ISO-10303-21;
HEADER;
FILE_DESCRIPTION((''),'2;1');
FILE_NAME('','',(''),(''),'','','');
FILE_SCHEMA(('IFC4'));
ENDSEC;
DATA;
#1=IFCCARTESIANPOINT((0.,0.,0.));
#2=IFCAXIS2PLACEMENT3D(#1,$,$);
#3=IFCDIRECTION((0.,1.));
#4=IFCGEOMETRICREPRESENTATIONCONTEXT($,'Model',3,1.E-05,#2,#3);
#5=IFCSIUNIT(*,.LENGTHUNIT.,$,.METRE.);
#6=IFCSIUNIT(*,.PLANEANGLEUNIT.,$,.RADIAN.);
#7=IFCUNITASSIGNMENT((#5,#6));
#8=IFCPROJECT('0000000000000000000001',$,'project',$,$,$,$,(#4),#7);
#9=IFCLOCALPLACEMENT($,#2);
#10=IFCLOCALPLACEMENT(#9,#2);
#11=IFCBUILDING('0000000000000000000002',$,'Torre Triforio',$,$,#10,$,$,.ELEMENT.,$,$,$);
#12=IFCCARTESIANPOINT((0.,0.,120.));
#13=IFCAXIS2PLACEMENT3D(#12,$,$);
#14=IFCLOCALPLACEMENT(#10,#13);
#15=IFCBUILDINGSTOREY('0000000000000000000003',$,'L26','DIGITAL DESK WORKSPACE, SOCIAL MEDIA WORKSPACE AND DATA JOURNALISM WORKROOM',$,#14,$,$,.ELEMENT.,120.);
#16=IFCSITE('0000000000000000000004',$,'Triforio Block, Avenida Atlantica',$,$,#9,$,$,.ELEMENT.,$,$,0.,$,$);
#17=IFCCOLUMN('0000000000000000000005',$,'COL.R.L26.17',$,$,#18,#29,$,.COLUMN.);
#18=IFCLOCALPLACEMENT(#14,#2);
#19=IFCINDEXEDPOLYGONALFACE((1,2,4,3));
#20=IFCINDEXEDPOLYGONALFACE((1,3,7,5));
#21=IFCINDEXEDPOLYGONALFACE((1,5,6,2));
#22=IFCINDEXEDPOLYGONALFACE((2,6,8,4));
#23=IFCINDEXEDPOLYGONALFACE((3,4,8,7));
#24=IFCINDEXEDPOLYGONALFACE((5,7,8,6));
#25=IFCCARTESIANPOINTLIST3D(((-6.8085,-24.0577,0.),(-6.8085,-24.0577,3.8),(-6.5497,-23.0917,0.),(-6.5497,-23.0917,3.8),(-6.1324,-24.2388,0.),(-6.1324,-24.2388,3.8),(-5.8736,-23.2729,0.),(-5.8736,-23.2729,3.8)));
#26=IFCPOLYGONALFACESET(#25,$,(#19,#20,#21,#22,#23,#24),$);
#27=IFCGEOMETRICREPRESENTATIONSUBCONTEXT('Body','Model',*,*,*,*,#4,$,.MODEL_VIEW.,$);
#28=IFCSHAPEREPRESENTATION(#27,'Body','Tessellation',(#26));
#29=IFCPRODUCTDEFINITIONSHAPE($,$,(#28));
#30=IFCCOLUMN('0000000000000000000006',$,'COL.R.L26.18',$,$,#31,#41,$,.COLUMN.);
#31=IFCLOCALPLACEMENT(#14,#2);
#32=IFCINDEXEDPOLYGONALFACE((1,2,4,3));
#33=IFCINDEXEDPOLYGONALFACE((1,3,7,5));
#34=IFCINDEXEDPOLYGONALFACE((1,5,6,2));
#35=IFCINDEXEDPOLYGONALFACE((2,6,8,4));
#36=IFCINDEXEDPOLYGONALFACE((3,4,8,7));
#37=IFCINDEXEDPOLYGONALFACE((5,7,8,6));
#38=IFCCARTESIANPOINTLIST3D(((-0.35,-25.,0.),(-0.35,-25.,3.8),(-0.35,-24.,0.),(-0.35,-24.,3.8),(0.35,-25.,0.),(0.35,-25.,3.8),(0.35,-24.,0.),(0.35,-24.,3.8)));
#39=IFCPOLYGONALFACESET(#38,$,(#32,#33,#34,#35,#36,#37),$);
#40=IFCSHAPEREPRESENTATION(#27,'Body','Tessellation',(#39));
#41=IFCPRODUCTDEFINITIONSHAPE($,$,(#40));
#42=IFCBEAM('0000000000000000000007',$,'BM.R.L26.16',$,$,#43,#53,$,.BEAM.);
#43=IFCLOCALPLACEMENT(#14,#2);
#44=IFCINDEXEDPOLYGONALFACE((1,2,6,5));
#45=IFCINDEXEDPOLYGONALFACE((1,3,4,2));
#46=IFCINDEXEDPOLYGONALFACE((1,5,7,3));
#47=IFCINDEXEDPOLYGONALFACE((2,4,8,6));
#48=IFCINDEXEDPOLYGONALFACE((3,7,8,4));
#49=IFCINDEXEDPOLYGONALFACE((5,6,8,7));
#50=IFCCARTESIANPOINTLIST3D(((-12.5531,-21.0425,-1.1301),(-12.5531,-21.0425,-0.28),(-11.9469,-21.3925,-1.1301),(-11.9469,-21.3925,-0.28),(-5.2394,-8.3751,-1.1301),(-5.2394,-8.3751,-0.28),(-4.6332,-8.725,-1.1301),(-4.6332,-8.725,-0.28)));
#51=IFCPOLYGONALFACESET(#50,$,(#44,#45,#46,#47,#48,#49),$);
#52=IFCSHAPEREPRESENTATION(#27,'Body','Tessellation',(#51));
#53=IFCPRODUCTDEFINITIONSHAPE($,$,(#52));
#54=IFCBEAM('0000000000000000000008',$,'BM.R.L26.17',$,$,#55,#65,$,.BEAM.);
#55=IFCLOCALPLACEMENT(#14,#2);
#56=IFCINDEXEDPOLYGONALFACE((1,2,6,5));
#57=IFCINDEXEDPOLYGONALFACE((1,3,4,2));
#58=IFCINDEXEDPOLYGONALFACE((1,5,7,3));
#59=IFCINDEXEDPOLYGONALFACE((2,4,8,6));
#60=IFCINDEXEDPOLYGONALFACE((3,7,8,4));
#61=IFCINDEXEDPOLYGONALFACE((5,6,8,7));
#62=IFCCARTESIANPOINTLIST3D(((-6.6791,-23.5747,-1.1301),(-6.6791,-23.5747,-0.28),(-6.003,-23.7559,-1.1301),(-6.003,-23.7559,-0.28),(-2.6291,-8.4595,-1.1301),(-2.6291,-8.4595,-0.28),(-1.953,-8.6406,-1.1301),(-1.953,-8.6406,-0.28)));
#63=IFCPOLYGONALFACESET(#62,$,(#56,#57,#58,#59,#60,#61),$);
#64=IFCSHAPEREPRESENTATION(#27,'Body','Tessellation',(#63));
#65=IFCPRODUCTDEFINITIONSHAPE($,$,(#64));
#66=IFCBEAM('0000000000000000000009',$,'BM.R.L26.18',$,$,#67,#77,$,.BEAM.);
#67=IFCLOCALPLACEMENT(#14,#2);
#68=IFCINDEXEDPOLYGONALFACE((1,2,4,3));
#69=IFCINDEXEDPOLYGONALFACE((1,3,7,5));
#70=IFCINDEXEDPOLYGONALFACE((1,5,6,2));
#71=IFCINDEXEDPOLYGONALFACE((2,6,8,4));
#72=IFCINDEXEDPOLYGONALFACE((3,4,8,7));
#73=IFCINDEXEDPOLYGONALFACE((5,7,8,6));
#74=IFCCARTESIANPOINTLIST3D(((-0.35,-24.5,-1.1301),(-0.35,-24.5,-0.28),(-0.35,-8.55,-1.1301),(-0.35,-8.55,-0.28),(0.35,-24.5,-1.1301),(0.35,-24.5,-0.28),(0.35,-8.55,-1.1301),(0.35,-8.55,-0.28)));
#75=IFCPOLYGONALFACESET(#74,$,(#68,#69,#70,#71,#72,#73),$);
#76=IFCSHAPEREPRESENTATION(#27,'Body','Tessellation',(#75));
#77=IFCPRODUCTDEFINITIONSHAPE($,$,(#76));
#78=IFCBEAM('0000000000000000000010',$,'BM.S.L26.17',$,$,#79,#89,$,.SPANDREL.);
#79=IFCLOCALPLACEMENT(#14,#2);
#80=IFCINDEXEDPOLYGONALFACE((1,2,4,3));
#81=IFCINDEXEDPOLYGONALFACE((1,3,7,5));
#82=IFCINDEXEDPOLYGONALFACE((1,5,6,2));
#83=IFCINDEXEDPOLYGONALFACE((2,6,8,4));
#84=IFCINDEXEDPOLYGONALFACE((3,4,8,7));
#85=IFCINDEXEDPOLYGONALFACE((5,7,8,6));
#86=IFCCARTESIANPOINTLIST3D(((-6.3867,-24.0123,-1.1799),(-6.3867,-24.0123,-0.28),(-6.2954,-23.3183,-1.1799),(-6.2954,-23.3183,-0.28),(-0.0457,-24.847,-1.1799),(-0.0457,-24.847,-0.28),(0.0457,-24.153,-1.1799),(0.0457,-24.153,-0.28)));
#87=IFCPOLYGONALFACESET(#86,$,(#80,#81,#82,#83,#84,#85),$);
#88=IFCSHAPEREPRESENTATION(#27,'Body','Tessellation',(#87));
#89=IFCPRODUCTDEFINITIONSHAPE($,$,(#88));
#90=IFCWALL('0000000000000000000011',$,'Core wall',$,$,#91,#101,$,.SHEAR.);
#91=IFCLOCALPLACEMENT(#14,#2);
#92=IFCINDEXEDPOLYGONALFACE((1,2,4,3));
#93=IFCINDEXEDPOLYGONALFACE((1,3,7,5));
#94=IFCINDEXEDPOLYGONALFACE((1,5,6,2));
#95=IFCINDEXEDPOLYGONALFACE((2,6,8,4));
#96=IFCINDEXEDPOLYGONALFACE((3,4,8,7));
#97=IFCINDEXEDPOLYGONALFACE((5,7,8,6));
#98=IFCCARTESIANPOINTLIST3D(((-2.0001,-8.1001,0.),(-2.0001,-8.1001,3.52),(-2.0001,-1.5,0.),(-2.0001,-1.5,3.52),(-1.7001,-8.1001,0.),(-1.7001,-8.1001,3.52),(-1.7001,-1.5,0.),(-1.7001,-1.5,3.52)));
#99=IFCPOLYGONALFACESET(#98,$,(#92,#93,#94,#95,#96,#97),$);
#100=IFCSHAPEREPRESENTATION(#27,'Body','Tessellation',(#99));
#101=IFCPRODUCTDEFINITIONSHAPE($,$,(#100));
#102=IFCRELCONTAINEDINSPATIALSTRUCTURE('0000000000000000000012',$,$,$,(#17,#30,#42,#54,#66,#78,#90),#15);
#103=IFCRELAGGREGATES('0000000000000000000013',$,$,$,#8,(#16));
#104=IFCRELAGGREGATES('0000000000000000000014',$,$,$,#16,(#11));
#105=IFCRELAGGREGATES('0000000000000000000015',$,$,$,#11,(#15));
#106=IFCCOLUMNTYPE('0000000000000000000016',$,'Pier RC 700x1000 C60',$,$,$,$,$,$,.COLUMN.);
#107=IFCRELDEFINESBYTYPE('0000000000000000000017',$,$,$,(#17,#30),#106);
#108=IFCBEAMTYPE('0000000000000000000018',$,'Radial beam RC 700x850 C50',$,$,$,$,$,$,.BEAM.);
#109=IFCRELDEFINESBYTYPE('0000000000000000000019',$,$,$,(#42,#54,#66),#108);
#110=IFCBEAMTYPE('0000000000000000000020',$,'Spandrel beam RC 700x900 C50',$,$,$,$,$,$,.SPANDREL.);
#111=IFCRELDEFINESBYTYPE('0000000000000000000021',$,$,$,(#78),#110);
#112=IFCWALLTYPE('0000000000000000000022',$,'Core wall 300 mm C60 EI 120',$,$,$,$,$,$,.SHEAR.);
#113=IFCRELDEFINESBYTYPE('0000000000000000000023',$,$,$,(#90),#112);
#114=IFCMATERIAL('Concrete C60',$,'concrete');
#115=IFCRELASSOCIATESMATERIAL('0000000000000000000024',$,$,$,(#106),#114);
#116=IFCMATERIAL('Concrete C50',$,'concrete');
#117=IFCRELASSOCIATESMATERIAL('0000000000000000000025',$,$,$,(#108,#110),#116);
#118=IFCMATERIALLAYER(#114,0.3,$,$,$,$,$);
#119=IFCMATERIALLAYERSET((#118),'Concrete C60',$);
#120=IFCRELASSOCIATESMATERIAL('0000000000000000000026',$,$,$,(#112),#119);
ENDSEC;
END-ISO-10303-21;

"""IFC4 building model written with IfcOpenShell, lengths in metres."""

from ifc_helpers import new_model, si_unit, direction, frame, frame_2d, origin, origin_2d, place, context, subcontext, project, spatial, rectangle, extrude, material, layer, layer_set, material_profile, profile_set, type_object, element, save


model = new_model("IFC4")

# Units and contexts
model_context = context("Model", 3, precision=1e-05, world=origin(), true_north=direction((0.0, 1.0)))
body_context = subcontext(model_context, "Body", "Model", "MODEL_VIEW")
ifc_project = project(units=[si_unit("LENGTHUNIT", "METRE"), si_unit("PLANEANGLEUNIT", "RADIAN")], contexts=[model_context])

# Site, building, storey
site_placement = place(None, origin())
site = spatial("IfcSite", under=ifc_project, at=site_placement, Name="Triforio Block, Avenida Atlantica", CompositionType="ELEMENT", RefElevation=0.0)
building_placement = place(site_placement, origin())
building = spatial("IfcBuilding", under=site, at=building_placement, Name="Torre Triforio", CompositionType="ELEMENT")
storey_placement = place(building_placement, frame((0.0, 0.0, 120.0)))
storey = spatial("IfcBuildingStorey", under=building, at=storey_placement, Name="L26", Description="DIGITAL DESK WORKSPACE, SOCIAL MEDIA WORKSPACE AND DATA JOURNALISM WORKROOM", CompositionType="ELEMENT", Elevation=120.0)

# Columns
ifc_material_1 = material(Name="Concrete C60", Category="concrete")
ifc_material_profile_1 = material_profile(ifc_material_1, rectangle(XDim=0.7, YDim=1.0, at=origin_2d()), Name="RC 700x1000")
ifc_profile_set_1 = profile_set([ifc_material_profile_1], Name="Concrete C60")
column_type = type_object("IfcColumnType", Name="Pier RC 700x1000 C60", PredefinedType="COLUMN", material=ifc_profile_set_1)
for number, where, z_axis, x_axis, name in (
    (1, (-6.3411, -23.6653, 0.0), (0.0, 0.0, 1.0), (0.965926, -0.258819, 0.0), "COL.R.L26.17"),
    (2, (0.0, -24.5, 0.0), (0.0, 0.0, 1.0), (1.0, 0.0, 0.0), "COL.R.L26.18"),
):
    element("IfcColumn", number, at=place(storey_placement, frame(where, z_axis=z_axis, x_axis=x_axis)), inside=storey, type_object=column_type, Name=name, PredefinedType="COLUMN", context=body_context, shape_type="SweptSolid", body=[
        extrude(rectangle(XDim=0.7, YDim=1.0, at=origin_2d()), origin(), (0.0, 0.0, 1.0), 3.8),
    ])

# Beams
ifc_material_2 = material(Name="Concrete C50", Category="concrete")
ifc_material_profile_2 = material_profile(ifc_material_2, rectangle(XDim=0.7, YDim=0.8501, at=origin_2d()), Name="RC 700x850")
ifc_profile_set_2 = profile_set([ifc_material_profile_2], Name="Concrete C50")
beam_type_1 = type_object("IfcBeamType", Name="Radial beam RC 700x850 C50", PredefinedType="BEAM", material=ifc_profile_set_2)
beam_1_placement = place(storey_placement, frame((-4.9363, -8.55, -0.7051), z_axis=(-0.500008, -0.866021, 0.0), x_axis=(0.866021, -0.500008, 0.0)))
element("IfcBeam", 3, at=beam_1_placement, inside=storey, type_object=beam_type_1, Name="BM.R.L26.16", PredefinedType="BEAM", context=body_context, shape_type="SweptSolid", body=[
    extrude(rectangle(XDim=0.7, YDim=0.8501, at=origin_2d()), origin(), (0.0, 0.0, 1.0), 14.6272),
])
beam_2_placement = place(storey_placement, frame((-2.291, -8.55, -0.7051), z_axis=(-0.258815, -0.965927, 0.0), x_axis=(0.965927, -0.258815, 0.0)))
element("IfcBeam", 4, at=beam_2_placement, inside=storey, type_object=beam_type_1, Name="BM.R.L26.17", PredefinedType="BEAM", context=body_context, shape_type="SweptSolid", body=[
    extrude(rectangle(XDim=0.7, YDim=0.8501, at=origin_2d()), origin(), (0.0, 0.0, 1.0), 15.6484),
])
beam_3_placement = place(storey_placement, frame((0.0, -8.55, -0.7051), z_axis=(0.0, -1.0, 0.0), x_axis=(1.0, 0.0, 0.0)))
element("IfcBeam", 5, at=beam_3_placement, inside=storey, type_object=beam_type_1, Name="BM.R.L26.18", PredefinedType="BEAM", context=body_context, shape_type="SweptSolid", body=[
    extrude(rectangle(XDim=0.7, YDim=0.8501, at=origin_2d()), origin(), (0.0, 0.0, 1.0), 15.95),
])
ifc_material_profile_3 = material_profile(ifc_material_2, rectangle(XDim=0.7, YDim=0.8999, at=origin_2d()), Name="RC 700x900")
ifc_profile_set_3 = profile_set([ifc_material_profile_3], Name="Concrete C50")
beam_type_2 = type_object("IfcBeamType", Name="Spandrel beam RC 700x900 C50", PredefinedType="SPANDREL", material=ifc_profile_set_3)
beam_4_placement = place(storey_placement, frame((-6.3411, -23.6653, -0.73), z_axis=(0.991447, -0.130511, 0.0), x_axis=(0.130511, 0.991447, 0.0)))
element("IfcBeam", 6, at=beam_4_placement, inside=storey, type_object=beam_type_2, Name="BM.S.L26.17", PredefinedType="SPANDREL", context=body_context, shape_type="SweptSolid", body=[
    extrude(rectangle(XDim=0.7, YDim=0.8999, at=origin_2d()), origin(), (0.0, 0.0, 1.0), 6.3958),
])

# Wall
ifc_layer_1 = layer(ifc_material_1, 0.3)
ifc_layer_set_1 = layer_set([ifc_layer_1], Name="Concrete C60")
wall_type_1 = type_object("IfcWallType", Name="Core wall 300 mm C60 EI 120", PredefinedType="SHEAR", material=ifc_layer_set_1)
wall_1_placement = place(storey_placement, frame((-1.8501, -8.1001, 0.0), z_axis=(0.0, 0.0, 1.0), x_axis=(0.0, 1.0, 0.0)))
element("IfcWall", 7, at=wall_1_placement, inside=storey, type_object=wall_type_1, Name="Core wall", PredefinedType="SHEAR", context=body_context, shape_type="SweptSolid", body=[
    extrude(rectangle(XDim=6.6001, YDim=0.3, at=frame_2d((3.3, 0.0))), origin(), (0.0, 0.0, 1.0), 3.52),
])

save(model, "model.ifc")
